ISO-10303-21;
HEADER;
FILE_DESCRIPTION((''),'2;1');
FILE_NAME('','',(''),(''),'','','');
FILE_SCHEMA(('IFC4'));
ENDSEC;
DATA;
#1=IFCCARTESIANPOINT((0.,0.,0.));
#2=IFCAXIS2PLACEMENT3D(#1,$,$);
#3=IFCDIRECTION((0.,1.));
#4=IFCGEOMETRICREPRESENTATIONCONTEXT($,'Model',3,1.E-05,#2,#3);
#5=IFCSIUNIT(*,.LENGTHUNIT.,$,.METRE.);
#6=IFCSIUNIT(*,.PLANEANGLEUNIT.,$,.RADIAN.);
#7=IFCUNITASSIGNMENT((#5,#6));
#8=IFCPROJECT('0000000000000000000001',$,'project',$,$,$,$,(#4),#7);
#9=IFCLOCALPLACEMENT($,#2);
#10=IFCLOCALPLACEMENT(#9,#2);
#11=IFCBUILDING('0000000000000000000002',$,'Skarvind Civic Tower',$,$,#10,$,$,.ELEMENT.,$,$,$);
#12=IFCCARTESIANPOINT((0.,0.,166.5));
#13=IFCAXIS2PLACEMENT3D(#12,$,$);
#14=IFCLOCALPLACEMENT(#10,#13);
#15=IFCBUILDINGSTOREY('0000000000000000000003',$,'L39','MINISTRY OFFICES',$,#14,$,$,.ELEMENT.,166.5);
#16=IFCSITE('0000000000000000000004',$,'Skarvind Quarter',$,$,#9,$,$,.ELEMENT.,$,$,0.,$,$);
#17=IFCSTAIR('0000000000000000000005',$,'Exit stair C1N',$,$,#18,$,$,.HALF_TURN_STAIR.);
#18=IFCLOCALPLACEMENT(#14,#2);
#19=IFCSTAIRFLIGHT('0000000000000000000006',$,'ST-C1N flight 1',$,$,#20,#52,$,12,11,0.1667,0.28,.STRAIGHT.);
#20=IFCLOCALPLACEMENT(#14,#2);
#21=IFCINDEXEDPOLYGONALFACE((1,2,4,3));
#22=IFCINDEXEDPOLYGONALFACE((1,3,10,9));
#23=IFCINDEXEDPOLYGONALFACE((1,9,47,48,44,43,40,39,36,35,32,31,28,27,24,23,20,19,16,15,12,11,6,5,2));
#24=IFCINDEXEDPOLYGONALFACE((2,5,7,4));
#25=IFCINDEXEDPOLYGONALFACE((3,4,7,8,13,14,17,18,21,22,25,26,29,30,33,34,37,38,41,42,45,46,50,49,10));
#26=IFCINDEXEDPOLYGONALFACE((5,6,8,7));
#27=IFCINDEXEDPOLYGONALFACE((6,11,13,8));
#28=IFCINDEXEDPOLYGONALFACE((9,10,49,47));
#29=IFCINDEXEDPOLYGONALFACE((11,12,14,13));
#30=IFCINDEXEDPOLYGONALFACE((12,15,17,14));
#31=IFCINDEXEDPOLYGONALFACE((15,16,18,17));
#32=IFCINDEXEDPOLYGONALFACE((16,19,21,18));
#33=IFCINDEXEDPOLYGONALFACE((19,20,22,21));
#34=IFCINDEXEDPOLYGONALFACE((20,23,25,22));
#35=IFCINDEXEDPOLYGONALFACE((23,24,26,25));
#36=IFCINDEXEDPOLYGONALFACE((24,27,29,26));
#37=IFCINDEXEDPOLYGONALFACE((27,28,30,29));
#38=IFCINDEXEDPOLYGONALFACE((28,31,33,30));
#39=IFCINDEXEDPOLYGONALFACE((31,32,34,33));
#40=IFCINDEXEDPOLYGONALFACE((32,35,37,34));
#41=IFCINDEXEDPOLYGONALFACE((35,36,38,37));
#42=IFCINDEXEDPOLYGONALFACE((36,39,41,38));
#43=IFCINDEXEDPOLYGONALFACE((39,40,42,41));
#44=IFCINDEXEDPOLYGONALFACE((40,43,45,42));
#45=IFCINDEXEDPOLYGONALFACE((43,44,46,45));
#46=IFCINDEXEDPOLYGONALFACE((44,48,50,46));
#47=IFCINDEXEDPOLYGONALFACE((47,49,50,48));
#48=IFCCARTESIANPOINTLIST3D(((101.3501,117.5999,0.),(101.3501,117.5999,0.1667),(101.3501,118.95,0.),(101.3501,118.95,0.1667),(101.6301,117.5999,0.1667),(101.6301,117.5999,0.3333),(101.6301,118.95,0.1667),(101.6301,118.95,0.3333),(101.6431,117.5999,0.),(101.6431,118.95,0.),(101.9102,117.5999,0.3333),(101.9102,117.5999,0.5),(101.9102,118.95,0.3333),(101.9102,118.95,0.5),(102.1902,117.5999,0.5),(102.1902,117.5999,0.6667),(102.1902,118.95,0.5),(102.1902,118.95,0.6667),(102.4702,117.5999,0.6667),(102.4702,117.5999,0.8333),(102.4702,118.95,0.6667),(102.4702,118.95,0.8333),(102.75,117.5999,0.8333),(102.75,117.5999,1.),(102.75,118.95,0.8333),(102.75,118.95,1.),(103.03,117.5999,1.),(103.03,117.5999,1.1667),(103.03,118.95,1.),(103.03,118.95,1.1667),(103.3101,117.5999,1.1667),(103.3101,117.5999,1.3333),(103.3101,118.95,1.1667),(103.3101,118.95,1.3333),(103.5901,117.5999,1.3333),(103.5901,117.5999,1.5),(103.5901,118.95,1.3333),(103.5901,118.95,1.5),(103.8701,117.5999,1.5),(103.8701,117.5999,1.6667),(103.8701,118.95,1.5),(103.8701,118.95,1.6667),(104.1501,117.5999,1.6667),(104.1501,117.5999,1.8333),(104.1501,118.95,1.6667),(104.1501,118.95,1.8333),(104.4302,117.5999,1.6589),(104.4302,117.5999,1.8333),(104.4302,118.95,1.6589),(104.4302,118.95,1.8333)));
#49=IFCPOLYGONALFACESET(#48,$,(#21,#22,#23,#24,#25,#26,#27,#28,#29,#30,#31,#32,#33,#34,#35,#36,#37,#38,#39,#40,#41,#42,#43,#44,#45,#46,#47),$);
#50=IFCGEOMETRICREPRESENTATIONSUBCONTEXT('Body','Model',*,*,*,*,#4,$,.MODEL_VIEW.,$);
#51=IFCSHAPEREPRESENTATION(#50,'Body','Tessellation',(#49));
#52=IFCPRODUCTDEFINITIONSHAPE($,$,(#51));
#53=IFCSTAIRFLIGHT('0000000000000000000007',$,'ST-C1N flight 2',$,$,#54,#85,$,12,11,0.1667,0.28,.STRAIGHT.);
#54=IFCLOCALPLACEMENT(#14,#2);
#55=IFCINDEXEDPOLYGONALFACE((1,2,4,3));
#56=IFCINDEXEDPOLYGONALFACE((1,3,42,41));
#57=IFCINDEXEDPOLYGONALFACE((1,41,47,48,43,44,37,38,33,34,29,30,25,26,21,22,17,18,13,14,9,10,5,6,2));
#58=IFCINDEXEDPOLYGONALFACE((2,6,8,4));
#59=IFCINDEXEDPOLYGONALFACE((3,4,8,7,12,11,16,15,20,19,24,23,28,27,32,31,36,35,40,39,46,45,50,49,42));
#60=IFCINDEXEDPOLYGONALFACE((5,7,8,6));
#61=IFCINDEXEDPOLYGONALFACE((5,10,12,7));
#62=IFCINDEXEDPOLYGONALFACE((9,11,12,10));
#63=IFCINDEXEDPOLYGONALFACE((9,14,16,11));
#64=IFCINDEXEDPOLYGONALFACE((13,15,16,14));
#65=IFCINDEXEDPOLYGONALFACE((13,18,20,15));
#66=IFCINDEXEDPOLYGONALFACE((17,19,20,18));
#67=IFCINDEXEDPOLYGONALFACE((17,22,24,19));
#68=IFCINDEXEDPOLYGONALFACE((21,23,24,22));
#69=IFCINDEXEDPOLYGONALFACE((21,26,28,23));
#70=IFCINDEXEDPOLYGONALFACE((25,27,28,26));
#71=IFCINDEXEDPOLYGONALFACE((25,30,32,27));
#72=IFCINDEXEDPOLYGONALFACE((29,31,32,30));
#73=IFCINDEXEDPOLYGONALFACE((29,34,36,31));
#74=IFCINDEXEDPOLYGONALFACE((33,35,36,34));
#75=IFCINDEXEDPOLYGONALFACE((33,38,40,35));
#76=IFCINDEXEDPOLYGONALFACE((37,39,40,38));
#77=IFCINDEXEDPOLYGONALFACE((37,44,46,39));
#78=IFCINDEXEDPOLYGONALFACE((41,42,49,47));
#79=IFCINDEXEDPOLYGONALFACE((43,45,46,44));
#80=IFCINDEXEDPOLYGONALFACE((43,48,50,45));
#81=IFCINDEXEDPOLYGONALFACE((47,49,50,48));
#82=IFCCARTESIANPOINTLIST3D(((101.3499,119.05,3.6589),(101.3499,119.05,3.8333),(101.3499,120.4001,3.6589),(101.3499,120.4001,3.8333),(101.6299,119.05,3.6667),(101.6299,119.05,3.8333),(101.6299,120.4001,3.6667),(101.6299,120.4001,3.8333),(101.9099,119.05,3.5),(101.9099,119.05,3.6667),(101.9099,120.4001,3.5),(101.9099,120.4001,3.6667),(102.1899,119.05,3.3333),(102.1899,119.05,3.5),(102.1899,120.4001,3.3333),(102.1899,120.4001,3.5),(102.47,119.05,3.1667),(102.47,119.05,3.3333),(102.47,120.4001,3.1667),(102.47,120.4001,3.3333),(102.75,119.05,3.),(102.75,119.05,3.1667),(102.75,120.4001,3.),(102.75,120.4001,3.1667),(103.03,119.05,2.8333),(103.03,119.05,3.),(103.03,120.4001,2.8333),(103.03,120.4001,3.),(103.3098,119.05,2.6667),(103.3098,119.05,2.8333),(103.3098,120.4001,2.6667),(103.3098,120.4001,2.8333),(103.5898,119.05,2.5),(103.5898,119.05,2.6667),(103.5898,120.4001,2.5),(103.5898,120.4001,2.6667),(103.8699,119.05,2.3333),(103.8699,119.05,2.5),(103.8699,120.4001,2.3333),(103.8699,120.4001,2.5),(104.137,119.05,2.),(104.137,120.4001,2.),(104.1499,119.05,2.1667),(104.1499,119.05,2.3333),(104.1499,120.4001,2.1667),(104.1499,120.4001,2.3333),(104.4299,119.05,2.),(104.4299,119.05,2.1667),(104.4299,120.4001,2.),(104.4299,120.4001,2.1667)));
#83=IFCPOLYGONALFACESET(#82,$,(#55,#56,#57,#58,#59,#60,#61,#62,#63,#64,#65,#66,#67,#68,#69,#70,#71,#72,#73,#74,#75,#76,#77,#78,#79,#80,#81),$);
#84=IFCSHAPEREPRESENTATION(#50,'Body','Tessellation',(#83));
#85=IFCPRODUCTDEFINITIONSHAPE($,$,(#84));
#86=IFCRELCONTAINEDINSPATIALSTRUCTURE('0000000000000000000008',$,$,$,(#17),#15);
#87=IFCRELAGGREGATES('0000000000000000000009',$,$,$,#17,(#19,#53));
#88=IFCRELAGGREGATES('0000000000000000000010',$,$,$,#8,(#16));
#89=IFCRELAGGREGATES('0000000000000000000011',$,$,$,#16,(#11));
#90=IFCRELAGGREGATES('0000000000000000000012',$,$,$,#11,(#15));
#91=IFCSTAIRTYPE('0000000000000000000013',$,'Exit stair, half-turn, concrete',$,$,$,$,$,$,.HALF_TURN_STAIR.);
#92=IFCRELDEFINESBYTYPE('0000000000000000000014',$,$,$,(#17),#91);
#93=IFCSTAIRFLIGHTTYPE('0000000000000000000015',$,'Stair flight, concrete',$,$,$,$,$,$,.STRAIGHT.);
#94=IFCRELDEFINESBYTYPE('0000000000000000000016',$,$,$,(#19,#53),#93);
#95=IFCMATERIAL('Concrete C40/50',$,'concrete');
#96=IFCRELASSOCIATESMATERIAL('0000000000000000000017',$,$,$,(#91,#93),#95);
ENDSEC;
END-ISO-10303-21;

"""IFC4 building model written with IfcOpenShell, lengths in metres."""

from ifc_helpers import new_model, si_unit, direction, frame, origin, place, context, subcontext, project, spatial, polyline, outline, extrude, material, type_object, element, aggregate, save


model = new_model("IFC4")

# Units and contexts
model_context = context("Model", 3, precision=1e-05, world=origin(), true_north=direction((0.0, 1.0)))
body_context = subcontext(model_context, "Body", "Model", "MODEL_VIEW")
ifc_project = project(units=[si_unit("LENGTHUNIT", "METRE"), si_unit("PLANEANGLEUNIT", "RADIAN")], contexts=[model_context])

# Site, building, storey
site_placement = place(None, origin())
site = spatial("IfcSite", under=ifc_project, at=site_placement, Name="Skarvind Quarter", CompositionType="ELEMENT", RefElevation=0.0)
building_placement = place(site_placement, origin())
building = spatial("IfcBuilding", under=site, at=building_placement, Name="Skarvind Civic Tower", CompositionType="ELEMENT")
storey_placement = place(building_placement, frame((0.0, 0.0, 166.5)))
storey = spatial("IfcBuildingStorey", under=building, at=storey_placement, Name="L39", Description="MINISTRY OFFICES", CompositionType="ELEMENT", Elevation=166.5)

# Stair, stair flights
ifc_material_1 = material(Name="Concrete C40/50", Category="concrete")
stair_type = type_object("IfcStairType", Name="Exit stair, half-turn, concrete", PredefinedType="HALF_TURN_STAIR", material=ifc_material_1)
stair_placement = place(storey_placement, origin())
stair = element("IfcStair", 1, at=stair_placement, inside=storey, type_object=stair_type, Name="Exit stair C1N", PredefinedType="HALF_TURN_STAIR")
stair_flight_type = type_object("IfcStairFlightType", Name="Stair flight, concrete", PredefinedType="STRAIGHT", material=ifc_material_1)
stair_flight_1_placement = place(storey_placement, frame((101.3501, 118.2749, 0.0), z_axis=(0.0, 0.0, 1.0), x_axis=(1.0, 0.0, 0.0)))
stair_flight_1 = element("IfcStairFlight", 2, at=stair_flight_1_placement, type_object=stair_flight_type, Name="ST-C1N flight 1", NumberOfRisers=12, NumberOfTreads=11, PredefinedType="STRAIGHT", RiserHeight=0.1667, TreadLength=0.28, context=body_context, shape_type="SweptSolid", body=[
    extrude(outline(polyline([(0.0, 0.0), (0.0, 0.1667), (0.28, 0.1667), (0.28, 0.3333), (0.5601, 0.3333), (0.5601, 0.5), (0.8401, 0.5), (0.8401, 0.6667), (1.1201, 0.6667), (1.1201, 0.8333), (1.3999, 0.8333), (1.3999, 1.0), (1.6799, 1.0), (1.6799, 1.1667), (1.96, 1.1667), (1.96, 1.3333), (2.24, 1.3333), (2.24, 1.5), (2.52, 1.5), (2.52, 1.6667), (2.8, 1.6667), (2.8, 1.8333), (3.0801, 1.8333), (3.0801, 2.0), (3.0801, 1.6589), (0.293, 0.0), (0.0, 0.0)])), frame((0.0, 0.675, 0.0), z_axis=(0.0, -1.0, 0.0), x_axis=(1.0, 0.0, 0.0)), (0.0, 0.0, 1.0), 1.3501),
])
stair_flight_2_placement = place(storey_placement, frame((104.4299, 119.7251, 2.0), z_axis=(0.0, 0.0, 1.0), x_axis=(-1.0, 0.0, 0.0)))
stair_flight_2 = element("IfcStairFlight", 3, at=stair_flight_2_placement, type_object=stair_flight_type, Name="ST-C1N flight 2", NumberOfRisers=12, NumberOfTreads=11, PredefinedType="STRAIGHT", RiserHeight=0.1667, TreadLength=0.28, context=body_context, shape_type="SweptSolid", body=[
    extrude(outline(polyline([(0.0, 0.0), (0.0, 0.1667), (0.28, 0.1667), (0.28, 0.3333), (0.5601, 0.3333), (0.5601, 0.5), (0.8401, 0.5), (0.8401, 0.6667), (1.1201, 0.6667), (1.1201, 0.8333), (1.3999, 0.8333), (1.3999, 1.0), (1.6799, 1.0), (1.6799, 1.1667), (1.96, 1.1667), (1.96, 1.3333), (2.24, 1.3333), (2.24, 1.5), (2.52, 1.5), (2.52, 1.6667), (2.8, 1.6667), (2.8, 1.8333), (3.0801, 1.8333), (3.0801, 2.0), (3.0801, 1.6589), (0.293, 0.0), (0.0, 0.0)])), frame((0.0, 0.675, 0.0), z_axis=(0.0, -1.0, 0.0), x_axis=(1.0, 0.0, 0.0)), (0.0, 0.0, 1.0), 1.3501),
])
aggregate(stair, [stair_flight_1, stair_flight_2])

save(model, "model.ifc")
